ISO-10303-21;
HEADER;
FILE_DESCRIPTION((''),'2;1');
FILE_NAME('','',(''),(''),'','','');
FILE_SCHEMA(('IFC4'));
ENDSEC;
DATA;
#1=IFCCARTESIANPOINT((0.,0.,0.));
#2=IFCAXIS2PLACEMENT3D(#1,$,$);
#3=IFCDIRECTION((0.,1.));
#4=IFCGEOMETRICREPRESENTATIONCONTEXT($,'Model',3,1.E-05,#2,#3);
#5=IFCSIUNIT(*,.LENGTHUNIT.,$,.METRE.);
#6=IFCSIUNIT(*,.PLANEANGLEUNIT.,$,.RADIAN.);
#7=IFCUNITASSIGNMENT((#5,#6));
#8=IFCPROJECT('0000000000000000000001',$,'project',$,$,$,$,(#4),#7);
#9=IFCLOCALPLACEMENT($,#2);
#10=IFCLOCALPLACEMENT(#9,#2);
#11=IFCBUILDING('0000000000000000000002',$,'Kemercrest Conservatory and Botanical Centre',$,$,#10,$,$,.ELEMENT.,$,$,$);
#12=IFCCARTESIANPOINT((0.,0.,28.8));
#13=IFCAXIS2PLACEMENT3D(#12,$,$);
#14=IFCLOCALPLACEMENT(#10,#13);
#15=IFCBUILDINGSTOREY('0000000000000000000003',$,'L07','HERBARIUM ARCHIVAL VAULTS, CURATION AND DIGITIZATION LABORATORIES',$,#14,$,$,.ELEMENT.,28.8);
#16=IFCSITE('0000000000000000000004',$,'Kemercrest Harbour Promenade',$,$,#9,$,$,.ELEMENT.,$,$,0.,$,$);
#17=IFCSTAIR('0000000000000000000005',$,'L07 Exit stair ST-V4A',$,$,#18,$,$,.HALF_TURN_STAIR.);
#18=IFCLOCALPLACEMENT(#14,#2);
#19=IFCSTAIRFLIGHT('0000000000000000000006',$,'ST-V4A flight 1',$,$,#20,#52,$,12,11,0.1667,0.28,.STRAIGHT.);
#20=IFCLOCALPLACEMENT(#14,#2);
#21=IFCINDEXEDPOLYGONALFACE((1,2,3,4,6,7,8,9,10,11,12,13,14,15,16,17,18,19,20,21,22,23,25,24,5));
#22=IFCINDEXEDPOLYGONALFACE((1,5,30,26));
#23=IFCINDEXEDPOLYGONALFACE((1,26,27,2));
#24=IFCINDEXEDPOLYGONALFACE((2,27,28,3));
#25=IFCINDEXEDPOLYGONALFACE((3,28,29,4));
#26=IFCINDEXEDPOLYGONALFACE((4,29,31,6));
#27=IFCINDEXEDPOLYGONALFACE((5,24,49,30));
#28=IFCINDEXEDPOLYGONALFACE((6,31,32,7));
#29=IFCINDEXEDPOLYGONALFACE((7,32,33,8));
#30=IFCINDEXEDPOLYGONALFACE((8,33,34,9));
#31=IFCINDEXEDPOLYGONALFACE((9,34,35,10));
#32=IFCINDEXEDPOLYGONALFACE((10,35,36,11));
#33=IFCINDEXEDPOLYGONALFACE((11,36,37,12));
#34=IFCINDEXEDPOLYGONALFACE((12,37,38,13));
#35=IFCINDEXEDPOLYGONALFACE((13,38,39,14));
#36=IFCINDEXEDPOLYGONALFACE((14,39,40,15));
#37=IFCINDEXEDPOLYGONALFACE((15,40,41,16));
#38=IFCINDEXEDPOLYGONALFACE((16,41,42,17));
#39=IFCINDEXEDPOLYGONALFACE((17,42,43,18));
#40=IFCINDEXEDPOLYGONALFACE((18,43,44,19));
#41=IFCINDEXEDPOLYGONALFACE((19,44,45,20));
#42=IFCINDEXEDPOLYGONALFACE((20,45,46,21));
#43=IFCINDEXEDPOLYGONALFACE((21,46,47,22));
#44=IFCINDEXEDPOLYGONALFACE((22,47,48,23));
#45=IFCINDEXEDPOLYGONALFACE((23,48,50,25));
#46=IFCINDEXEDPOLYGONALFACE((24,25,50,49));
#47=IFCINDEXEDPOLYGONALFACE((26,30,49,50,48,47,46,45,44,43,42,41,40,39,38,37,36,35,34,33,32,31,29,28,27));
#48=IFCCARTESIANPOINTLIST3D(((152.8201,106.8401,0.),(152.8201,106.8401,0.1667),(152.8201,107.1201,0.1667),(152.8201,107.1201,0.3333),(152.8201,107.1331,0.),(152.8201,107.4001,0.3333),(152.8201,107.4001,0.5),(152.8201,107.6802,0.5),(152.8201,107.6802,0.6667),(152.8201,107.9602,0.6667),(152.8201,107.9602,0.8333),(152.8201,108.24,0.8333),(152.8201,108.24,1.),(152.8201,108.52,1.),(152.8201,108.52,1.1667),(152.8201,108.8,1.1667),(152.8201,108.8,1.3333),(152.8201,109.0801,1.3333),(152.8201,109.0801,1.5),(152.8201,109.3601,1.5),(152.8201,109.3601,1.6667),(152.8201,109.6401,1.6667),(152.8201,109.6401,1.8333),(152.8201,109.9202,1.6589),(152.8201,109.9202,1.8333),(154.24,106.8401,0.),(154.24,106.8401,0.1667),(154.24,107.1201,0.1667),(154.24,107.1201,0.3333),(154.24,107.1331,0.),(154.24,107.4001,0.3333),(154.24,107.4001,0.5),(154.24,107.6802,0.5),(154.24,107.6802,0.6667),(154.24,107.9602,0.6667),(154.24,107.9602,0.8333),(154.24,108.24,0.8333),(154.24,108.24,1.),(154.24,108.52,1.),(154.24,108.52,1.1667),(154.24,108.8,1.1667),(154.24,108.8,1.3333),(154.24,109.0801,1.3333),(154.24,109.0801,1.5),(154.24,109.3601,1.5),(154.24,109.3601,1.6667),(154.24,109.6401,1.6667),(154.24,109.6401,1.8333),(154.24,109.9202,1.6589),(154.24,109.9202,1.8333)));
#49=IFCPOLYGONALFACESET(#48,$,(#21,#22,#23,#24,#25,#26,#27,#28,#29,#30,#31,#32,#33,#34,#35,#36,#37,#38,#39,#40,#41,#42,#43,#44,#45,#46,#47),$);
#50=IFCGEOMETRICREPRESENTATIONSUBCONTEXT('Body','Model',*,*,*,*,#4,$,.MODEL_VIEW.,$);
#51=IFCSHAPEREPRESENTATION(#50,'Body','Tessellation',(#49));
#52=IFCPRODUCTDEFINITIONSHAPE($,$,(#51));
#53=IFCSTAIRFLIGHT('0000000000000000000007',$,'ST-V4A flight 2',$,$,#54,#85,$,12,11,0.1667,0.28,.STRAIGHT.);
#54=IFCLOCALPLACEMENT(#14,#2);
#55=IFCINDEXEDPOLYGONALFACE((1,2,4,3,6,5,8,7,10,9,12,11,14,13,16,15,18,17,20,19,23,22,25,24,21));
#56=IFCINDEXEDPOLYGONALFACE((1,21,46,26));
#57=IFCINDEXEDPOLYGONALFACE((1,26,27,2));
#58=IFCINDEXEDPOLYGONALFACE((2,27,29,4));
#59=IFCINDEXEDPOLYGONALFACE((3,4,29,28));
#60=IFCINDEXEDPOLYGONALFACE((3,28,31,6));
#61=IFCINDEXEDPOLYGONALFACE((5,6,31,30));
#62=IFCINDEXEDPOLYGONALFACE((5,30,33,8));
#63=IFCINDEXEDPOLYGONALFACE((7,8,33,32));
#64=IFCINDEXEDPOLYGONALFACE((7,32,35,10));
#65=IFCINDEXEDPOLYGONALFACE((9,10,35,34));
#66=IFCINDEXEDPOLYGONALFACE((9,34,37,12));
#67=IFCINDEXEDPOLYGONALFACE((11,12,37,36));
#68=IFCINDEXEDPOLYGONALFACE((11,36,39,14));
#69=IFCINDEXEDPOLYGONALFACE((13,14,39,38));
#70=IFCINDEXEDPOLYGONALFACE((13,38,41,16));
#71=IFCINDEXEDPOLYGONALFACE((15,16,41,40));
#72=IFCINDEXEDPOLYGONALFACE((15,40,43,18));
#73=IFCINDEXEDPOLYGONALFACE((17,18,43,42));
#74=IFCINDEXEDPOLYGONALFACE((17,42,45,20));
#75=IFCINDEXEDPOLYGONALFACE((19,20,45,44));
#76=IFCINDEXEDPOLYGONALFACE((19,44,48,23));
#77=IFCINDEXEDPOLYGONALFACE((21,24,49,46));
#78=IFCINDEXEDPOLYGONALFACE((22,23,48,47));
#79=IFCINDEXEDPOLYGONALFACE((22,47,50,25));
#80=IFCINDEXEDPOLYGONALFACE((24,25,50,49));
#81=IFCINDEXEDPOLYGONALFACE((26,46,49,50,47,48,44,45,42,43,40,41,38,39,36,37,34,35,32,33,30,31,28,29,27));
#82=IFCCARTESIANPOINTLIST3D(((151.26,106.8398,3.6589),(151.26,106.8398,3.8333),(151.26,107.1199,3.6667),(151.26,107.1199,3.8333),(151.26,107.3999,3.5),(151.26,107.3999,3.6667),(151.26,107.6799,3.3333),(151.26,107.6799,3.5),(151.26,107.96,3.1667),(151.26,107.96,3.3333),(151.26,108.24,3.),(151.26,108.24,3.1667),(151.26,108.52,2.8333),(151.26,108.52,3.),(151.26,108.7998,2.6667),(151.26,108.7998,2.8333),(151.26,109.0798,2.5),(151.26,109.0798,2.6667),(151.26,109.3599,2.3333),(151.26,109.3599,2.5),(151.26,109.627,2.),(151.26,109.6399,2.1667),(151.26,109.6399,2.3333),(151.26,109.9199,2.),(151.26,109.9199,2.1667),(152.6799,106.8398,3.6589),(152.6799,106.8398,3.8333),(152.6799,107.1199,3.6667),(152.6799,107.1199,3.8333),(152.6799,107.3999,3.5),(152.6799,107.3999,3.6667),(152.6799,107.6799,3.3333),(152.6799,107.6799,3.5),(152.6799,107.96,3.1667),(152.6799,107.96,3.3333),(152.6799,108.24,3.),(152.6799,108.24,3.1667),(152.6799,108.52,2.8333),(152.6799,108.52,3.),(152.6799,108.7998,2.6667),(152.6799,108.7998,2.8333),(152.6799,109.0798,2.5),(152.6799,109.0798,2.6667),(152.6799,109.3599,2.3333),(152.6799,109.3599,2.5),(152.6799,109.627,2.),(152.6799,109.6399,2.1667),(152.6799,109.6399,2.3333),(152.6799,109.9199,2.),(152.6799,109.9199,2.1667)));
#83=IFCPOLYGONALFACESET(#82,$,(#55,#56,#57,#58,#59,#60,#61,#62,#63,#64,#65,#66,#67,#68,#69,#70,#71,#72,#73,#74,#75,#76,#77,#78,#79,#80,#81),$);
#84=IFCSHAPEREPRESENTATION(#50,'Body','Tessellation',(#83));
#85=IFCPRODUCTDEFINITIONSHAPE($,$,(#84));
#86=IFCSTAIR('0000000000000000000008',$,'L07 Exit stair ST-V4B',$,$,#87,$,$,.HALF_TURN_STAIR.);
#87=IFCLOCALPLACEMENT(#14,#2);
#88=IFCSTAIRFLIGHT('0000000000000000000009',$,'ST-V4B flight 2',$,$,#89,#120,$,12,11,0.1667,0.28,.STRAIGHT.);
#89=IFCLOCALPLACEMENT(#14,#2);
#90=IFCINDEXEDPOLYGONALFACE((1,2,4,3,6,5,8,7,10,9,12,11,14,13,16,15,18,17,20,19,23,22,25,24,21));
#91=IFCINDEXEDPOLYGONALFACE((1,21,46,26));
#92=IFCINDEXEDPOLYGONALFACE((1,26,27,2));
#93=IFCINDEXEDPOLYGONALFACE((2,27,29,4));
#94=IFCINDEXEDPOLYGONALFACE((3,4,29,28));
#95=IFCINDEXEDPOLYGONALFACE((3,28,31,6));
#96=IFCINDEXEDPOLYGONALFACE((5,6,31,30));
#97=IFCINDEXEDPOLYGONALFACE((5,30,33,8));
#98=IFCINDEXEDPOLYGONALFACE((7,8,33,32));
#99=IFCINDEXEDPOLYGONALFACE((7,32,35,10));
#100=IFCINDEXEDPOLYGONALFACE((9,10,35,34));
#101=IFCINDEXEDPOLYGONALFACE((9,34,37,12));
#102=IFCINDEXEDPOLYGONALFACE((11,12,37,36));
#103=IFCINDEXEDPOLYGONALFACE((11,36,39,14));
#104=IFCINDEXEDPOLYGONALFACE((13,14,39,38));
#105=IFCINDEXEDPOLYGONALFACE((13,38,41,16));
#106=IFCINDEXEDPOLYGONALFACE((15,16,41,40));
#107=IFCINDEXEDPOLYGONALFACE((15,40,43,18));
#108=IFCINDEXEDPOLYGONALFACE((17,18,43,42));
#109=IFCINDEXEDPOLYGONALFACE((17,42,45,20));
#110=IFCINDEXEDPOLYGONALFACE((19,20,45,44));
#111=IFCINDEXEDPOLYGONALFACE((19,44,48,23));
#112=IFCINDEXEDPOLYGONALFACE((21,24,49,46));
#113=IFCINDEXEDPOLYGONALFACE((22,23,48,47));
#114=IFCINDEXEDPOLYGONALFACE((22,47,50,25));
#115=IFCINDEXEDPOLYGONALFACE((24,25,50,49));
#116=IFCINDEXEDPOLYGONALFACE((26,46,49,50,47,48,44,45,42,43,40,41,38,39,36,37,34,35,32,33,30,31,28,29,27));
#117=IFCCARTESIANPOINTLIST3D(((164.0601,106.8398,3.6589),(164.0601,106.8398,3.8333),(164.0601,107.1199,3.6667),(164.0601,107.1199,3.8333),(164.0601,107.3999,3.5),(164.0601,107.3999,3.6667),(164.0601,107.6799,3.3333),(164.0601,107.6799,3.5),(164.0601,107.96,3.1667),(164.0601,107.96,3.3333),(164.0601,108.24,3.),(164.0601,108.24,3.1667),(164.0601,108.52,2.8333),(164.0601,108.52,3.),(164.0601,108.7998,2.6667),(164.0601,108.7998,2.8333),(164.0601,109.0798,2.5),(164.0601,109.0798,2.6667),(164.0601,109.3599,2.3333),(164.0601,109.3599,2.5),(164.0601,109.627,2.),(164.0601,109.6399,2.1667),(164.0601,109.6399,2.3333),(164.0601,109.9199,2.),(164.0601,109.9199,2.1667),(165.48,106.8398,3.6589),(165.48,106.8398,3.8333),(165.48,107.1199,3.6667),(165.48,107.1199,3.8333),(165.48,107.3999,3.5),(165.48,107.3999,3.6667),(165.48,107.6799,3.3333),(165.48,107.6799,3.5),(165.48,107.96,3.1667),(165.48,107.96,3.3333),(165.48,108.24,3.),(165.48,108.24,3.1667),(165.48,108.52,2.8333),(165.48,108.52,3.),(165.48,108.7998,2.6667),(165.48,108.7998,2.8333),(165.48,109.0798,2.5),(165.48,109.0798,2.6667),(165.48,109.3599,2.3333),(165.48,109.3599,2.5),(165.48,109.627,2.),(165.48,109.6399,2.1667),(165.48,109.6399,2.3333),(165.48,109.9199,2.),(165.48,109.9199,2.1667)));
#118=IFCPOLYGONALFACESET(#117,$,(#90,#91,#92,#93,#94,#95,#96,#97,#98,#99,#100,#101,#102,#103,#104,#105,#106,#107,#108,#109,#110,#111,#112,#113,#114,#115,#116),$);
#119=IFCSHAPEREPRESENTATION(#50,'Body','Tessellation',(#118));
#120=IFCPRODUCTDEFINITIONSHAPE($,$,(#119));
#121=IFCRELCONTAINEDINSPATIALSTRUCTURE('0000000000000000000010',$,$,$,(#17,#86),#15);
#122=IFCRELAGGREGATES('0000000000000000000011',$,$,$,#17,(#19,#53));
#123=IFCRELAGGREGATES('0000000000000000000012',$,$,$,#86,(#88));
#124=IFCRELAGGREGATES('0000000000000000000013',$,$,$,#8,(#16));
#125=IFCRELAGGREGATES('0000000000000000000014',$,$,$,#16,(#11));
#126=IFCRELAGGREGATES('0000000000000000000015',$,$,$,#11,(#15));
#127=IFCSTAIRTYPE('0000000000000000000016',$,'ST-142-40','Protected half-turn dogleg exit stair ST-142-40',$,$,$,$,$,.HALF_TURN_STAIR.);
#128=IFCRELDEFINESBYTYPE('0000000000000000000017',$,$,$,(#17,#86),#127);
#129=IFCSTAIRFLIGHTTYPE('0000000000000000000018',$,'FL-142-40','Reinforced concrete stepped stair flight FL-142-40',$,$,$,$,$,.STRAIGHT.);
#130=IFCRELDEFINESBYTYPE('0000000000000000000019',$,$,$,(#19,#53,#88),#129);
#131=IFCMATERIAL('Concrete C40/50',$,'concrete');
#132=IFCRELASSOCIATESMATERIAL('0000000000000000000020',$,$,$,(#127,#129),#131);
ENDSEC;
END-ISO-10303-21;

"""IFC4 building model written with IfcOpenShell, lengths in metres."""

from ifc_helpers import new_model, si_unit, direction, frame, origin, place, context, subcontext, project, spatial, polyline, outline, extrude, material, type_object, element, aggregate, save


model = new_model("IFC4")

# Units and contexts
model_context = context("Model", 3, precision=1e-05, world=origin(), true_north=direction((0.0, 1.0)))
body_context = subcontext(model_context, "Body", "Model", "MODEL_VIEW")
ifc_project = project(units=[si_unit("LENGTHUNIT", "METRE"), si_unit("PLANEANGLEUNIT", "RADIAN")], contexts=[model_context])

# Site, building, storey
site_placement = place(None, origin())
site = spatial("IfcSite", under=ifc_project, at=site_placement, Name="Kemercrest Harbour Promenade", CompositionType="ELEMENT", RefElevation=0.0)
building_placement = place(site_placement, origin())
building = spatial("IfcBuilding", under=site, at=building_placement, Name="Kemercrest Conservatory and Botanical Centre", CompositionType="ELEMENT")
storey_placement = place(building_placement, frame((0.0, 0.0, 28.8)))
storey = spatial("IfcBuildingStorey", under=building, at=storey_placement, Name="L07", Description="HERBARIUM ARCHIVAL VAULTS, CURATION AND DIGITIZATION LABORATORIES", CompositionType="ELEMENT", Elevation=28.8)

# Shared definitions
ifc_material_1 = material(Name="Concrete C40/50", Category="concrete")

# Stair, stair flights
stair_type = type_object("IfcStairType", Name="ST-142-40", Description="Protected half-turn dogleg exit stair ST-142-40", PredefinedType="HALF_TURN_STAIR", material=ifc_material_1)
stair_1_placement = place(storey_placement, origin())
stair_1 = element("IfcStair", 1, at=stair_1_placement, inside=storey, type_object=stair_type, Name="L07 Exit stair ST-V4A", PredefinedType="HALF_TURN_STAIR")
stair_flight_type = type_object("IfcStairFlightType", Name="FL-142-40", Description="Reinforced concrete stepped stair flight FL-142-40", PredefinedType="STRAIGHT", material=ifc_material_1)
stair_flight_1_placement = place(storey_placement, frame((153.53, 106.8401, 0.0), z_axis=(0.0, 0.0, 1.0), x_axis=(0.0, 1.0, 0.0)))
stair_flight_1 = element("IfcStairFlight", 2, at=stair_flight_1_placement, type_object=stair_flight_type, Name="ST-V4A flight 1", NumberOfRisers=12, NumberOfTreads=11, PredefinedType="STRAIGHT", RiserHeight=0.1667, TreadLength=0.28, context=body_context, shape_type="SweptSolid", body=[
    extrude(outline(polyline([(0.0, 0.0), (0.0, 0.1667), (0.28, 0.1667), (0.28, 0.3333), (0.5601, 0.3333), (0.5601, 0.5), (0.8401, 0.5), (0.8401, 0.6667), (1.1201, 0.6667), (1.1201, 0.8333), (1.3999, 0.8333), (1.3999, 1.0), (1.6799, 1.0), (1.6799, 1.1667), (1.96, 1.1667), (1.96, 1.3333), (2.24, 1.3333), (2.24, 1.5), (2.52, 1.5), (2.52, 1.6667), (2.8, 1.6667), (2.8, 1.8333), (3.0801, 1.8333), (3.0801, 2.0), (3.0801, 1.6589), (0.293, 0.0), (0.0, 0.0)])), frame((0.0, 0.71, 0.0), z_axis=(0.0, -1.0, 0.0), x_axis=(1.0, 0.0, 0.0)), (0.0, 0.0, 1.0), 1.4199),
])
stair_flight_2_placement = place(storey_placement, frame((151.97, 109.9199, 2.0), z_axis=(0.0, 0.0, 1.0), x_axis=(0.0, -1.0, 0.0)))
stair_flight_2 = element("IfcStairFlight", 3, at=stair_flight_2_placement, type_object=stair_flight_type, Name="ST-V4A flight 2", NumberOfRisers=12, NumberOfTreads=11, PredefinedType="STRAIGHT", RiserHeight=0.1667, TreadLength=0.28, context=body_context, shape_type="SweptSolid", body=[
    extrude(outline(polyline([(0.0, 0.0), (0.0, 0.1667), (0.28, 0.1667), (0.28, 0.3333), (0.5601, 0.3333), (0.5601, 0.5), (0.8401, 0.5), (0.8401, 0.6667), (1.1201, 0.6667), (1.1201, 0.8333), (1.3999, 0.8333), (1.3999, 1.0), (1.6799, 1.0), (1.6799, 1.1667), (1.96, 1.1667), (1.96, 1.3333), (2.24, 1.3333), (2.24, 1.5), (2.52, 1.5), (2.52, 1.6667), (2.8, 1.6667), (2.8, 1.8333), (3.0801, 1.8333), (3.0801, 2.0), (3.0801, 1.6589), (0.293, 0.0), (0.0, 0.0)])), frame((0.0, 0.71, 0.0), z_axis=(0.0, -1.0, 0.0), x_axis=(1.0, 0.0, 0.0)), (0.0, 0.0, 1.0), 1.4199),
])
aggregate(stair_1, [stair_flight_1, stair_flight_2])

# Stair, stair flight
stair_2_placement = place(storey_placement, origin())
stair_2 = element("IfcStair", 4, at=stair_2_placement, inside=storey, type_object=stair_type, Name="L07 Exit stair ST-V4B", PredefinedType="HALF_TURN_STAIR")
stair_flight_3_placement = place(storey_placement, frame((164.77, 109.9199, 2.0), z_axis=(0.0, 0.0, 1.0), x_axis=(0.0, -1.0, 0.0)))
stair_flight_3 = element("IfcStairFlight", 5, at=stair_flight_3_placement, type_object=stair_flight_type, Name="ST-V4B flight 2", NumberOfRisers=12, NumberOfTreads=11, PredefinedType="STRAIGHT", RiserHeight=0.1667, TreadLength=0.28, context=body_context, shape_type="SweptSolid", body=[
    extrude(outline(polyline([(0.0, 0.0), (0.0, 0.1667), (0.28, 0.1667), (0.28, 0.3333), (0.5601, 0.3333), (0.5601, 0.5), (0.8401, 0.5), (0.8401, 0.6667), (1.1201, 0.6667), (1.1201, 0.8333), (1.3999, 0.8333), (1.3999, 1.0), (1.6799, 1.0), (1.6799, 1.1667), (1.96, 1.1667), (1.96, 1.3333), (2.24, 1.3333), (2.24, 1.5), (2.52, 1.5), (2.52, 1.6667), (2.8, 1.6667), (2.8, 1.8333), (3.0801, 1.8333), (3.0801, 2.0), (3.0801, 1.6589), (0.293, 0.0), (0.0, 0.0)])), frame((0.0, 0.71, 0.0), z_axis=(0.0, -1.0, 0.0), x_axis=(1.0, 0.0, 0.0)), (0.0, 0.0, 1.0), 1.4199),
])
aggregate(stair_2, [stair_flight_3])

save(model, "model.ifc")
